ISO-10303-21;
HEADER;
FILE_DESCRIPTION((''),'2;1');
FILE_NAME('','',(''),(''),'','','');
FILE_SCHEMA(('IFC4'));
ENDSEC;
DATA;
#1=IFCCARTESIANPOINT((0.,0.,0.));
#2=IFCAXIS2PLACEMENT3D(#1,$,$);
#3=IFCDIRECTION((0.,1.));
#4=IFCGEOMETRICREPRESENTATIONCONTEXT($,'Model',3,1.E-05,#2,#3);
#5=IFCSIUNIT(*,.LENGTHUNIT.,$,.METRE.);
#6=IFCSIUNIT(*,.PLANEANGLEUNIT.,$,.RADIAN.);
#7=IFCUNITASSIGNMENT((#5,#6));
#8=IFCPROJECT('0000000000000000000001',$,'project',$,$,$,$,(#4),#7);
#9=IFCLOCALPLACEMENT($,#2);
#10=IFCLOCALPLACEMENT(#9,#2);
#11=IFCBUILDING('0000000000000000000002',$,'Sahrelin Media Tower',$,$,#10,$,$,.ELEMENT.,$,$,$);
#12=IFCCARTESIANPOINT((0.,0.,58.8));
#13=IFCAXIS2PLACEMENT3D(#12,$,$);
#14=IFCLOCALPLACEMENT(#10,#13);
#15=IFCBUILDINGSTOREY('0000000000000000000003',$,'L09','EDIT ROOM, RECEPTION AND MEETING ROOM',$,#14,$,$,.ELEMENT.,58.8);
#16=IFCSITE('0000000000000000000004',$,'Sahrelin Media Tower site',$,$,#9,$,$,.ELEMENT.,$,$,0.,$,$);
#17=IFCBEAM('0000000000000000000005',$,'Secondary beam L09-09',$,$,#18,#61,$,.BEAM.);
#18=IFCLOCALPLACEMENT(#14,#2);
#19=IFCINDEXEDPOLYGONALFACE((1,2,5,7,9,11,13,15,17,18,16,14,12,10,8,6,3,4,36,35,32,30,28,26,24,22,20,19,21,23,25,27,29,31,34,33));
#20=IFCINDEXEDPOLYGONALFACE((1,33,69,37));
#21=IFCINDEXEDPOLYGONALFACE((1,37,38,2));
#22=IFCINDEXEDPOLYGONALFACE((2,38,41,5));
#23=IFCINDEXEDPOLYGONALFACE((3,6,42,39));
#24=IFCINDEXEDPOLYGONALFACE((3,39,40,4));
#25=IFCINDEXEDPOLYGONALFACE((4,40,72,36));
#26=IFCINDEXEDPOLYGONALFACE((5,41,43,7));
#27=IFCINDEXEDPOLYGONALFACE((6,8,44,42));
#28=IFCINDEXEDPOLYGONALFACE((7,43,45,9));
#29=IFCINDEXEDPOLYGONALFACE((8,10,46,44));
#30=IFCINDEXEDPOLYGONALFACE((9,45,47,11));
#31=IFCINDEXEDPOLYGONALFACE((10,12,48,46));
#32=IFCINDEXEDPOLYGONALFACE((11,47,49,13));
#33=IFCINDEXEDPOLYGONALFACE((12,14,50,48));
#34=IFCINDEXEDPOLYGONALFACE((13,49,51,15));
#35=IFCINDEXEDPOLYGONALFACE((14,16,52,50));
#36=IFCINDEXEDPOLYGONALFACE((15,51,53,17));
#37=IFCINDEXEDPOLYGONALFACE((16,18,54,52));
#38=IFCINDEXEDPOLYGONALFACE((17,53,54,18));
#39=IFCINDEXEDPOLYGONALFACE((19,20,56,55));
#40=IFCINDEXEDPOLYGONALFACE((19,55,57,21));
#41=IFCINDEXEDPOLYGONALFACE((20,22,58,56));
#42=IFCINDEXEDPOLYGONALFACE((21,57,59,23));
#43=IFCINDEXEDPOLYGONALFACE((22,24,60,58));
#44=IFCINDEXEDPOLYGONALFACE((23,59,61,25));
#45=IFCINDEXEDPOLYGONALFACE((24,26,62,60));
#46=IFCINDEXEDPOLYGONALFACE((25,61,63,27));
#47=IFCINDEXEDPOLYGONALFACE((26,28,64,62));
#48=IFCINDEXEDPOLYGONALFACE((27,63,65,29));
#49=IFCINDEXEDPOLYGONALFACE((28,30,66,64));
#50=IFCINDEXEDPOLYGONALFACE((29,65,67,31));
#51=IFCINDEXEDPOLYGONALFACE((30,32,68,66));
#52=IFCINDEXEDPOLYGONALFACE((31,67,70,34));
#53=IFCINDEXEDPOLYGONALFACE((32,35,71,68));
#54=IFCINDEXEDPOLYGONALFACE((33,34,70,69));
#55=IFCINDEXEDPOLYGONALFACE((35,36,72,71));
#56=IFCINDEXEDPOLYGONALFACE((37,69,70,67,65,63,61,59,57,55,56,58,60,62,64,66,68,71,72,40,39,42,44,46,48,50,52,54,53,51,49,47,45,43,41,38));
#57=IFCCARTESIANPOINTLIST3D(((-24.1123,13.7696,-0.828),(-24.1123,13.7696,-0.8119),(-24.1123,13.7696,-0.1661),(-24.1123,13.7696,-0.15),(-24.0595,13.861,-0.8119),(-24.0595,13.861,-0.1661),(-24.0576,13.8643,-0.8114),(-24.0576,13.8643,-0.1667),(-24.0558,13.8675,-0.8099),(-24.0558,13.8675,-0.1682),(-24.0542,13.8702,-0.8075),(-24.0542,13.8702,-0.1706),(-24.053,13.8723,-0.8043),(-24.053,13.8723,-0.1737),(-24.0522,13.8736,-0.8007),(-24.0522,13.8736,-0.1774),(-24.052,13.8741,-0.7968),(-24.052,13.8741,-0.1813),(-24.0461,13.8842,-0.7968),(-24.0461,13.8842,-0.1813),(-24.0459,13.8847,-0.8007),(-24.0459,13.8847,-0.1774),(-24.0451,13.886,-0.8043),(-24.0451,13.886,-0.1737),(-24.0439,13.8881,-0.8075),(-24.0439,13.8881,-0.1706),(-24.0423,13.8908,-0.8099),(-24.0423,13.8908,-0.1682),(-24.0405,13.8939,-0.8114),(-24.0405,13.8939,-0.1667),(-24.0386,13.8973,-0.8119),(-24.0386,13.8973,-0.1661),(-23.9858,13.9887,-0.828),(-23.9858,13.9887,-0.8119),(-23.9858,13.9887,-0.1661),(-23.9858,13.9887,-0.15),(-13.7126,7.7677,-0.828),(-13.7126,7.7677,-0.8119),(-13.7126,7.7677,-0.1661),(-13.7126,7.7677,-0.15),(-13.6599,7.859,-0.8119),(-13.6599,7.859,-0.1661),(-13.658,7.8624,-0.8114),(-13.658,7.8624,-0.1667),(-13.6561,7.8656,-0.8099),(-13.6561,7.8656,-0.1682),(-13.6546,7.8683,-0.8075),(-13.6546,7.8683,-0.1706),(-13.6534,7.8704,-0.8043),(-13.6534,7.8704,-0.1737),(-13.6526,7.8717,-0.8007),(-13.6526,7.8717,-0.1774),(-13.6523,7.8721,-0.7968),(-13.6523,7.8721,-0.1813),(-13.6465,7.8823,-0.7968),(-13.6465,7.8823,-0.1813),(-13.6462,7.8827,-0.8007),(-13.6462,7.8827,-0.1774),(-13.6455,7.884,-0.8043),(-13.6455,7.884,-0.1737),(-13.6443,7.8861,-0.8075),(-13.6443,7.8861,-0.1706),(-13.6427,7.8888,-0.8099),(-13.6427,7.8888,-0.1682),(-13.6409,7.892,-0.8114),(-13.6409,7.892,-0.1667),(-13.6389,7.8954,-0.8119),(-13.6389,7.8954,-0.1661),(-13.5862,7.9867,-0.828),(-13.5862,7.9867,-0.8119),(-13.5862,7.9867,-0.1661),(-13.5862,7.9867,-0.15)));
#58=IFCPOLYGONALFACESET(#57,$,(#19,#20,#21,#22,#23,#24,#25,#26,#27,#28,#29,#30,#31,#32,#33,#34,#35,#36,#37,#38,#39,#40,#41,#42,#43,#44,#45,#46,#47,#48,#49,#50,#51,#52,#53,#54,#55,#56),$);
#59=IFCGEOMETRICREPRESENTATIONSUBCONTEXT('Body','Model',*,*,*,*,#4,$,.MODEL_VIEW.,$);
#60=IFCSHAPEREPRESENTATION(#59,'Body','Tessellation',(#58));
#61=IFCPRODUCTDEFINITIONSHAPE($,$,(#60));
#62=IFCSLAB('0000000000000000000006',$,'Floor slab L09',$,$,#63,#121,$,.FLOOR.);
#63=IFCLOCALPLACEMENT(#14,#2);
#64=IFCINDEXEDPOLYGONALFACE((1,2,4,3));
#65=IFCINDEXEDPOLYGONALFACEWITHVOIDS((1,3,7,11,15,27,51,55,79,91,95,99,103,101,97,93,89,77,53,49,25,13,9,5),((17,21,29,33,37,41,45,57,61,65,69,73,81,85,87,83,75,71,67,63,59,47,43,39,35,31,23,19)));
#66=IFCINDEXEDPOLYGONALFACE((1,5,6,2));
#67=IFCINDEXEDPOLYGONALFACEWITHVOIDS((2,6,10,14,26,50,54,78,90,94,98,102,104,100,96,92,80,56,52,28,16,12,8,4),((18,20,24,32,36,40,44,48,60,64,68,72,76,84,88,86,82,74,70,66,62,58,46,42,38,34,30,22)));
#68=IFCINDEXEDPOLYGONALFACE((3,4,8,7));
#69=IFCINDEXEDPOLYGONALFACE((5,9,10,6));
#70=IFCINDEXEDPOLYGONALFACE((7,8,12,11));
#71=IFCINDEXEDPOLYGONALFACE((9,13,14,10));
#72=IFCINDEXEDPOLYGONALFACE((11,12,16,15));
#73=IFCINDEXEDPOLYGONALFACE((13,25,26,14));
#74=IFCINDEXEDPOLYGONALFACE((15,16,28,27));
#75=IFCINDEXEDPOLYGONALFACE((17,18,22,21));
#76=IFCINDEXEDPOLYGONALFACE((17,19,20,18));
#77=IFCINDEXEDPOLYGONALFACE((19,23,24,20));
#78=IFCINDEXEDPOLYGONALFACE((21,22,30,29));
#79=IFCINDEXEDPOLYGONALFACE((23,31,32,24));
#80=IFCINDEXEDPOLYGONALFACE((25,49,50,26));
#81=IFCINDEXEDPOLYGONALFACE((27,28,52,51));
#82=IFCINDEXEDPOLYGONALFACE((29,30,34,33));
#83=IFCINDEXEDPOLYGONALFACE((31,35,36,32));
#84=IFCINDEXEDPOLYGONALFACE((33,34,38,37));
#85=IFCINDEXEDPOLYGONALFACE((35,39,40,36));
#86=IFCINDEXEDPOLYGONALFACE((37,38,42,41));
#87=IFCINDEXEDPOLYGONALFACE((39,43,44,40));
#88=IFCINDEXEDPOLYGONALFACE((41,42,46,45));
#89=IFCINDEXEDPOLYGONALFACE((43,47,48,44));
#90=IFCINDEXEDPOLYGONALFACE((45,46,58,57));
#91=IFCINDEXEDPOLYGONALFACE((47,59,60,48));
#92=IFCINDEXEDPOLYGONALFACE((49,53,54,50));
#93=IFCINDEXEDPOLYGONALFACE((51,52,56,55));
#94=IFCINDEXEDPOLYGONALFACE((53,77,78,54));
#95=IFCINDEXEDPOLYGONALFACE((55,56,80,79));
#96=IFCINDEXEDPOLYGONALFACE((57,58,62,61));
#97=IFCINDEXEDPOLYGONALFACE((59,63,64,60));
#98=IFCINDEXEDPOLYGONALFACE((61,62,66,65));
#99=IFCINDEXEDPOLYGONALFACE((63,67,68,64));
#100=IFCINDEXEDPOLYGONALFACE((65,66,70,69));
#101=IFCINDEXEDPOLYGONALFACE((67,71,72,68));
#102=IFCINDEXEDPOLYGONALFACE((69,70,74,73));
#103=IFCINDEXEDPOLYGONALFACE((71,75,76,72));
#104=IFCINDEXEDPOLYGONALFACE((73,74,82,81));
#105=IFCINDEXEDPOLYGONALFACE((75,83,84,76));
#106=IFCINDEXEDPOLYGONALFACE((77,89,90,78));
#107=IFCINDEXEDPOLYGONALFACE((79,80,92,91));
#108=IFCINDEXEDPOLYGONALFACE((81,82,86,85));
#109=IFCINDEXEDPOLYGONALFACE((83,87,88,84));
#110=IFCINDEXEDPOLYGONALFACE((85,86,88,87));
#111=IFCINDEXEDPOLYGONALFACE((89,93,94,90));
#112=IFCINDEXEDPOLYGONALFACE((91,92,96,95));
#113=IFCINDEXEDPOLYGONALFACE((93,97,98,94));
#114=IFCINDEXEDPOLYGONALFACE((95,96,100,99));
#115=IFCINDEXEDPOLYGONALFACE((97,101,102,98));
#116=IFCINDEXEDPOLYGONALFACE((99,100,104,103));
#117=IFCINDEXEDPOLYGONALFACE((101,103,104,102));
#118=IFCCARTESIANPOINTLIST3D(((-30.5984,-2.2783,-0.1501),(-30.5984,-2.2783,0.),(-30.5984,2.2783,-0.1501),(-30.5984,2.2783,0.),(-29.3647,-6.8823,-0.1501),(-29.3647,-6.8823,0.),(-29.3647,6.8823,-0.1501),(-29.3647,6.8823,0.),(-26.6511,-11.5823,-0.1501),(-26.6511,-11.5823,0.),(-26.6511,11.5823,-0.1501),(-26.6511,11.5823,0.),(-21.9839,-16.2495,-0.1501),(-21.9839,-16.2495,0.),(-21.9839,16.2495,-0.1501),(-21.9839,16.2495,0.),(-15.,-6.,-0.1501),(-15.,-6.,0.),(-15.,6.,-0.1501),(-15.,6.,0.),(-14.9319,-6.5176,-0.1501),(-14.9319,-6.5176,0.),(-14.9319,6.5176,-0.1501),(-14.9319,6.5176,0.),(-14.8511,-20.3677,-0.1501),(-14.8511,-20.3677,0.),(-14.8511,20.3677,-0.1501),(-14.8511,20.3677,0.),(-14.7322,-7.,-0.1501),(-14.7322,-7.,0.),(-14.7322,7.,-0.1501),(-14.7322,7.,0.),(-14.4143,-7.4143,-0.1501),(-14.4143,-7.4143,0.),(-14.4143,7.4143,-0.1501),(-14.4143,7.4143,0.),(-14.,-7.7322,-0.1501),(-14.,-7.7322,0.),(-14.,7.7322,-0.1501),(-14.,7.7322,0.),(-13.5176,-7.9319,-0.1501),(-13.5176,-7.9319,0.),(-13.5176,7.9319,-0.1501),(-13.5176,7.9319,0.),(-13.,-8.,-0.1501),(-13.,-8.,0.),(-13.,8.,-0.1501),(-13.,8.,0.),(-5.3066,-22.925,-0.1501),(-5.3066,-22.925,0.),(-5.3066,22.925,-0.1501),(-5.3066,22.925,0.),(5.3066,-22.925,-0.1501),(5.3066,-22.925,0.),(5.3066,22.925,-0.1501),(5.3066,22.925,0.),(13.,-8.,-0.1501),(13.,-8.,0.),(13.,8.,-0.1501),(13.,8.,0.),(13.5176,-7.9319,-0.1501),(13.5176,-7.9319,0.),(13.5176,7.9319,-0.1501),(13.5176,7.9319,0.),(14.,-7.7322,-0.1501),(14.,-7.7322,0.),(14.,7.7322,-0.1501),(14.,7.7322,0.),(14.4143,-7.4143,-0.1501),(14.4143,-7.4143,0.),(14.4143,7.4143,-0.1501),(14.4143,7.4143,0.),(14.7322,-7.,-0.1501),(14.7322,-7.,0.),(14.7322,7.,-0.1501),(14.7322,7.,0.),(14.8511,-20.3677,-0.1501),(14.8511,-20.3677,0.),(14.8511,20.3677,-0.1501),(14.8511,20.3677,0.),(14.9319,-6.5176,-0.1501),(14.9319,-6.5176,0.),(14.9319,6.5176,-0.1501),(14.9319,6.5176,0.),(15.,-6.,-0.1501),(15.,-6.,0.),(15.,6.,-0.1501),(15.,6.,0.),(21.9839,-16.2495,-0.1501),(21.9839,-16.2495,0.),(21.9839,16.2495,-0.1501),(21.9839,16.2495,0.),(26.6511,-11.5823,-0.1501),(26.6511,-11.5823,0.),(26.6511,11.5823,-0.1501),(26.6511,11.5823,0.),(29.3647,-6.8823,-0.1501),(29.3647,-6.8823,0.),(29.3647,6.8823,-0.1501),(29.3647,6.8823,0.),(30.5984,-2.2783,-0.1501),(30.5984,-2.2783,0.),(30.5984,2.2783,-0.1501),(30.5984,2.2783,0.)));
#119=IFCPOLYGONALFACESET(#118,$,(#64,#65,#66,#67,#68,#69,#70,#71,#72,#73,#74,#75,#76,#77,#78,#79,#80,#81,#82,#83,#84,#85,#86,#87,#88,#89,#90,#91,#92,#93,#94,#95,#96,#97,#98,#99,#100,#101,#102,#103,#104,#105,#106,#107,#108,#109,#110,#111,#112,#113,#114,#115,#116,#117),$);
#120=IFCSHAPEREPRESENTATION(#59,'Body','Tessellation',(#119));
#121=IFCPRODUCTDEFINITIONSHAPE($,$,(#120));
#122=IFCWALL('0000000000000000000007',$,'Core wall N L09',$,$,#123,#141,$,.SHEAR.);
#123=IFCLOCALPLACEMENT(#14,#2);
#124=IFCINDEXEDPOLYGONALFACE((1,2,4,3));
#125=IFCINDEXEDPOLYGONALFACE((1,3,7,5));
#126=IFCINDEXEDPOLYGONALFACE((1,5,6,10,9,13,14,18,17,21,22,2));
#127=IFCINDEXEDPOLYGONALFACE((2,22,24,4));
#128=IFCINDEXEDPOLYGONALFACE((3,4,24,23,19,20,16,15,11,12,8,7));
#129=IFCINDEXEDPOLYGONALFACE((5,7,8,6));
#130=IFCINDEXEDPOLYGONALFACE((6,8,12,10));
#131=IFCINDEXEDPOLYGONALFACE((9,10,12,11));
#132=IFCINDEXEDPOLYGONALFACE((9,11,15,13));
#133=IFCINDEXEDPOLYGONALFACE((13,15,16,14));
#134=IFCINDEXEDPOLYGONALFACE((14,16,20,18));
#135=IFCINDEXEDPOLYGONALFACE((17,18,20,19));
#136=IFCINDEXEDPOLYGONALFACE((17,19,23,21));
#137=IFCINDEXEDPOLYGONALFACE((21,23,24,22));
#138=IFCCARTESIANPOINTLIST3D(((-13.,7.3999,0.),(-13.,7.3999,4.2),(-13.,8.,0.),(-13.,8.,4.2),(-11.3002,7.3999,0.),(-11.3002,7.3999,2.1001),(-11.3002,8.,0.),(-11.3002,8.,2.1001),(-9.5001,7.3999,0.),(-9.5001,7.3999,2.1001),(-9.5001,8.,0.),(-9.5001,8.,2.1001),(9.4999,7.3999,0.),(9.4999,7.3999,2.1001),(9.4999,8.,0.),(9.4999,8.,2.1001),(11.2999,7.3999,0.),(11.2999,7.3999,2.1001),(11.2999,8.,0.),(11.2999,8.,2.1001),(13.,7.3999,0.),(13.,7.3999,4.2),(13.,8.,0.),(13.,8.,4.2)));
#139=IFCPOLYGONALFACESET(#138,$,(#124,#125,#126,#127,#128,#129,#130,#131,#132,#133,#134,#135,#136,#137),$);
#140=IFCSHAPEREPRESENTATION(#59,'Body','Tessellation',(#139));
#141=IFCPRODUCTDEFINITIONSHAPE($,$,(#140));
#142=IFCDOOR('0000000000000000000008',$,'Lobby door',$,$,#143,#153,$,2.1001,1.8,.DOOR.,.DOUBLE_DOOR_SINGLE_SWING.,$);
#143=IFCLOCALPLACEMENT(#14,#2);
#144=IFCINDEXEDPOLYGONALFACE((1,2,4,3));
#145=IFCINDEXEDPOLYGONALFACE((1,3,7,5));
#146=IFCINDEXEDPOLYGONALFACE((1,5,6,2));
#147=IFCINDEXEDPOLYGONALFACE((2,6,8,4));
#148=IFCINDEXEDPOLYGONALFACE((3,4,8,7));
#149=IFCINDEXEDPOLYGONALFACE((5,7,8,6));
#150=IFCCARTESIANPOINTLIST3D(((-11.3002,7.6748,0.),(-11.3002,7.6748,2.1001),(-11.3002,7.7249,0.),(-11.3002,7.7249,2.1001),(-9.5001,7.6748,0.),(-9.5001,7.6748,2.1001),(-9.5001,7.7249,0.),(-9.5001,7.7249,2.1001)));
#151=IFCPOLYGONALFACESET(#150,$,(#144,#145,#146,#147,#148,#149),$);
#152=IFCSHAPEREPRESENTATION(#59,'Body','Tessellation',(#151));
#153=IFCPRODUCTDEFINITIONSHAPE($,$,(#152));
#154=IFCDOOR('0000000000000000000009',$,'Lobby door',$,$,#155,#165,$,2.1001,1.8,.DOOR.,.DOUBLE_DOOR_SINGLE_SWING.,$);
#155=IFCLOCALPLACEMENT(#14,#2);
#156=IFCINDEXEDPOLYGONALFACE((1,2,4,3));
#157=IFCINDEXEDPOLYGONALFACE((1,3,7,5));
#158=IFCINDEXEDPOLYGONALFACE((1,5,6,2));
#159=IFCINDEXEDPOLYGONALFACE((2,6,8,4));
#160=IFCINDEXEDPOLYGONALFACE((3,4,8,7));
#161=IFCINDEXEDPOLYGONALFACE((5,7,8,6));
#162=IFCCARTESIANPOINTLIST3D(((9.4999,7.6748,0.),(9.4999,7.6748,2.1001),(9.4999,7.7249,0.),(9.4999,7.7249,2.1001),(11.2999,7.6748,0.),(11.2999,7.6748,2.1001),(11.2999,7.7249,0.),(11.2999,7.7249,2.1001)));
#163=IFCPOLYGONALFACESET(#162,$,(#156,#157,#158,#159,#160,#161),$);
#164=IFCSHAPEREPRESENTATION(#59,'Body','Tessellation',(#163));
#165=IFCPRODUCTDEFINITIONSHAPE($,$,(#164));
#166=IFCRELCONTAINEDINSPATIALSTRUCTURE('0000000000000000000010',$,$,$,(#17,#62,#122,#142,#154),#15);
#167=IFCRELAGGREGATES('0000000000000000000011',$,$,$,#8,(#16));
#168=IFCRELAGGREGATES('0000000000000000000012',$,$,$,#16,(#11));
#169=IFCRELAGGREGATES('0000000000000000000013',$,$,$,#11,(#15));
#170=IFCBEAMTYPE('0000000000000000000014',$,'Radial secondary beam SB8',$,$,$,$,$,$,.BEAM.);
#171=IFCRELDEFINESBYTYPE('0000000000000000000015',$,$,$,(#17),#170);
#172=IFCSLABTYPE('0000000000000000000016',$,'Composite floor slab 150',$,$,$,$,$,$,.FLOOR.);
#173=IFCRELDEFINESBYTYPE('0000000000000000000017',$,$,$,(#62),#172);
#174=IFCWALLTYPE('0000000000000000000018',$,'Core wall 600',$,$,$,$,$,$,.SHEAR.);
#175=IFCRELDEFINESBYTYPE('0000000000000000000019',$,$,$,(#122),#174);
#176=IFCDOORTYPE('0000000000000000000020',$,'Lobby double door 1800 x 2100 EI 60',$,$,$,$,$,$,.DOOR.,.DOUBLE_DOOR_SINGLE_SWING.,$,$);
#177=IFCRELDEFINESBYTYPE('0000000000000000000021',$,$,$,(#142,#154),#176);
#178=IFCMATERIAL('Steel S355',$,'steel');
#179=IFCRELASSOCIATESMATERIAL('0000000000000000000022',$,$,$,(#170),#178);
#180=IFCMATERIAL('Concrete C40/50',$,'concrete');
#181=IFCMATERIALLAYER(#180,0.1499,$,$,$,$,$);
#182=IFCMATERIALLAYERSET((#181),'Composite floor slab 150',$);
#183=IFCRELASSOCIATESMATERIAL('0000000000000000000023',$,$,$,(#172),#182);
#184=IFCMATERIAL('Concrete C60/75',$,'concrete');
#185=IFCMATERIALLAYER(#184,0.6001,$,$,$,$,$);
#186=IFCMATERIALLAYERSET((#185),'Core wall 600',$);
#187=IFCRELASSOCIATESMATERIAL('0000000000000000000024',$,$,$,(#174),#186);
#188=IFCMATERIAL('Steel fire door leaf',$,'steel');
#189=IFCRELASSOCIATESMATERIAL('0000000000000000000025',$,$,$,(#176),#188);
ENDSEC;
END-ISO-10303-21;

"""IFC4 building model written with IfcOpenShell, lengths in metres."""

from ifc_helpers import new_model, si_unit, direction, frame, frame_2d, origin, origin_2d, place, context, subcontext, project, spatial, polyline, rectangle, i_section, outline, extrude, material, layer, layer_set, material_profile, profile_set, type_object, element, fill, save


model = new_model("IFC4")

# Units and contexts
model_context = context("Model", 3, precision=1e-05, world=origin(), true_north=direction((0.0, 1.0)))
body_context = subcontext(model_context, "Body", "Model", "MODEL_VIEW")
ifc_project = project(units=[si_unit("LENGTHUNIT", "METRE"), si_unit("PLANEANGLEUNIT", "RADIAN")], contexts=[model_context])

# Site, building, storey
site_placement = place(None, origin())
site = spatial("IfcSite", under=ifc_project, at=site_placement, Name="Sahrelin Media Tower site", CompositionType="ELEMENT", RefElevation=0.0)
building_placement = place(site_placement, origin())
building = spatial("IfcBuilding", under=site, at=building_placement, Name="Sahrelin Media Tower", CompositionType="ELEMENT")
storey_placement = place(building_placement, frame((0.0, 0.0, 58.8)))
storey = spatial("IfcBuildingStorey", under=building, at=storey_placement, Name="L09", Description="EDIT ROOM, RECEPTION AND MEETING ROOM", CompositionType="ELEMENT", Elevation=58.8)

# Beam
ifc_material_1 = material(Name="Steel S355", Category="steel")
ifc_material_profile = material_profile(ifc_material_1, i_section(OverallWidth=0.2529, OverallDepth=0.678, WebThickness=0.0117, FlangeThickness=0.0161, FilletRadius=0.0151, at=origin_2d()), Name="UB 686x254x125")
ifc_profile_set = profile_set([ifc_material_profile], Name="Steel S355")
beam_type = type_object("IfcBeamType", Name="Radial secondary beam SB8", PredefinedType="BEAM", material=ifc_profile_set)
beam_placement = place(storey_placement, frame((-13.6494, 7.8772, -0.489), z_axis=(-0.866108, 0.499857, 0.0), x_axis=(-0.499857, -0.866108, 0.0)))
element("IfcBeam", 1, at=beam_placement, inside=storey, type_object=beam_type, Name="Secondary beam L09-09", PredefinedType="BEAM", context=body_context, shape_type="SweptSolid", body=[
    extrude(i_section(OverallWidth=0.2529, OverallDepth=0.678, WebThickness=0.0117, FlangeThickness=0.0161, FilletRadius=0.0151, at=origin_2d()), origin(), (0.0, 0.0, 1.0), 12.0073),
])

# Slab
ifc_material_2 = material(Name="Concrete C40/50", Category="concrete")
ifc_layer_1 = layer(ifc_material_2, 0.1499)
ifc_layer_set_1 = layer_set([ifc_layer_1], Name="Composite floor slab 150")
slab_type = type_object("IfcSlabType", Name="Composite floor slab 150", PredefinedType="FLOOR", material=ifc_layer_set_1)
slab_placement = place(storey_placement, frame((0.0, 0.0, -0.1501)))
element("IfcSlab", 2, at=slab_placement, inside=storey, type_object=slab_type, Name="Floor slab L09", PredefinedType="FLOOR", context=body_context, shape_type="SweptSolid", body=[
    extrude(outline(polyline([(30.5984, -2.2783), (30.5984, 2.2783), (29.3647, 6.8823), (26.6511, 11.5823), (21.9839, 16.2495), (14.8511, 20.3677), (5.3066, 22.925), (-5.3066, 22.925), (-14.8511, 20.3677), (-21.9839, 16.2495), (-26.6511, 11.5823), (-29.3647, 6.8823), (-30.5984, 2.2783), (-30.5984, -2.2783), (-29.3647, -6.8823), (-26.6511, -11.5823), (-21.9839, -16.2495), (-14.8511, -20.3677), (-5.3066, -22.925), (5.3066, -22.925), (14.8511, -20.3677), (21.9839, -16.2495), (26.6511, -11.5823), (29.3647, -6.8823), (30.5984, -2.2783)]), holes=[polyline([(14.9319, 6.5176), (15.0, 6.0), (15.0, -6.0), (14.9319, -6.5176), (14.7322, -7.0), (14.4143, -7.4143), (14.0, -7.7322), (13.5176, -7.9319), (13.0, -8.0), (-13.0, -8.0), (-13.5176, -7.9319), (-14.0, -7.7322), (-14.4143, -7.4143), (-14.7322, -7.0), (-14.9319, -6.5176), (-15.0, -6.0), (-15.0, 6.0), (-14.9319, 6.5176), (-14.7322, 7.0), (-14.4143, 7.4143), (-14.0, 7.7322), (-13.5176, 7.9319), (-13.0, 8.0), (13.0, 8.0), (13.5176, 7.9319), (14.0, 7.7322), (14.4143, 7.4143), (14.7322, 7.0), (14.9319, 6.5176)])]), origin(), (0.0, 0.0, 1.0), 0.1501),
])

# Wall, openings, doors
ifc_material_3 = material(Name="Concrete C60/75", Category="concrete")
ifc_layer_2 = layer(ifc_material_3, 0.6001)
ifc_layer_set_2 = layer_set([ifc_layer_2], Name="Core wall 600")
wall_type_1 = type_object("IfcWallType", Name="Core wall 600", PredefinedType="SHEAR", material=ifc_layer_set_2)
wall_1_placement = place(storey_placement, frame((-13.0, 7.7, 0.0), z_axis=(0.0, 0.0, 1.0), x_axis=(1.0, 0.0, 0.0)))
wall_1 = element("IfcWall", 3, at=wall_1_placement, inside=storey, type_object=wall_type_1, Name="Core wall N L09", PredefinedType="SHEAR", context=body_context, shape_type="SweptSolid", body=[
    extrude(rectangle(XDim=26.0, YDim=0.6001, at=frame_2d((13.0, 0.0))), origin(), (0.0, 0.0, 1.0), 4.2),
])
opening_1_placement = place(wall_1_placement, frame((1.7, 0.0, 0.0)))
opening_1 = element("IfcOpeningElement", 4, at=opening_1_placement, cuts=wall_1, PredefinedType="OPENING", context=body_context, shape_type="SweptSolid", body=[
    extrude(rectangle(XDim=1.8, YDim=2.1001, at=frame_2d((0.8999, 1.05))), frame((0.0, 0.3, 0.0), z_axis=(0.0, -1.0, 0.0), x_axis=(1.0, 0.0, 0.0)), (0.0, 0.0, 1.0), 0.6001),
])
opening_2_placement = place(wall_1_placement, frame((22.5, 0.0, 0.0)))
opening_2 = element("IfcOpeningElement", 5, at=opening_2_placement, cuts=wall_1, PredefinedType="OPENING", context=body_context, shape_type="SweptSolid", body=[
    extrude(rectangle(XDim=1.8, YDim=2.1001, at=frame_2d((0.8999, 1.05))), frame((0.0, 0.3, 0.0), z_axis=(0.0, -1.0, 0.0), x_axis=(1.0, 0.0, 0.0)), (0.0, 0.0, 1.0), 0.6001),
])
ifc_material_4 = material(Name="Steel fire door leaf", Category="steel")
door_type_1 = type_object("IfcDoorType", Name="Lobby double door 1800 x 2100 EI 60", OperationType="DOUBLE_DOOR_SINGLE_SWING", PredefinedType="DOOR", material=ifc_material_4)
door_1_placement = place(opening_1_placement, origin())
door_1 = element("IfcDoor", 6, at=door_1_placement, inside=storey, type_object=door_type_1, Name="Lobby door", OperationType="DOUBLE_DOOR_SINGLE_SWING", OverallHeight=2.1001, OverallWidth=1.8, PredefinedType="DOOR", context=body_context, shape_type="SweptSolid", body=[
    extrude(rectangle(XDim=1.8, YDim=2.1001, at=frame_2d((0.8999, 1.05))), frame((0.0, 0.0249, 0.0), z_axis=(0.0, -1.0, 0.0), x_axis=(1.0, 0.0, 0.0)), (0.0, 0.0, 1.0), 0.05),
])
fill(opening_1, door_1)
door_2_placement = place(opening_2_placement, origin())
door_2 = element("IfcDoor", 7, at=door_2_placement, inside=storey, type_object=door_type_1, Name="Lobby door", OperationType="DOUBLE_DOOR_SINGLE_SWING", OverallHeight=2.1001, OverallWidth=1.8, PredefinedType="DOOR", context=body_context, shape_type="SweptSolid", body=[
    extrude(rectangle(XDim=1.8, YDim=2.1001, at=frame_2d((0.8999, 1.05))), frame((0.0, 0.0249, 0.0), z_axis=(0.0, -1.0, 0.0), x_axis=(1.0, 0.0, 0.0)), (0.0, 0.0, 1.0), 0.05),
])
fill(opening_2, door_2)

save(model, "model.ifc")
